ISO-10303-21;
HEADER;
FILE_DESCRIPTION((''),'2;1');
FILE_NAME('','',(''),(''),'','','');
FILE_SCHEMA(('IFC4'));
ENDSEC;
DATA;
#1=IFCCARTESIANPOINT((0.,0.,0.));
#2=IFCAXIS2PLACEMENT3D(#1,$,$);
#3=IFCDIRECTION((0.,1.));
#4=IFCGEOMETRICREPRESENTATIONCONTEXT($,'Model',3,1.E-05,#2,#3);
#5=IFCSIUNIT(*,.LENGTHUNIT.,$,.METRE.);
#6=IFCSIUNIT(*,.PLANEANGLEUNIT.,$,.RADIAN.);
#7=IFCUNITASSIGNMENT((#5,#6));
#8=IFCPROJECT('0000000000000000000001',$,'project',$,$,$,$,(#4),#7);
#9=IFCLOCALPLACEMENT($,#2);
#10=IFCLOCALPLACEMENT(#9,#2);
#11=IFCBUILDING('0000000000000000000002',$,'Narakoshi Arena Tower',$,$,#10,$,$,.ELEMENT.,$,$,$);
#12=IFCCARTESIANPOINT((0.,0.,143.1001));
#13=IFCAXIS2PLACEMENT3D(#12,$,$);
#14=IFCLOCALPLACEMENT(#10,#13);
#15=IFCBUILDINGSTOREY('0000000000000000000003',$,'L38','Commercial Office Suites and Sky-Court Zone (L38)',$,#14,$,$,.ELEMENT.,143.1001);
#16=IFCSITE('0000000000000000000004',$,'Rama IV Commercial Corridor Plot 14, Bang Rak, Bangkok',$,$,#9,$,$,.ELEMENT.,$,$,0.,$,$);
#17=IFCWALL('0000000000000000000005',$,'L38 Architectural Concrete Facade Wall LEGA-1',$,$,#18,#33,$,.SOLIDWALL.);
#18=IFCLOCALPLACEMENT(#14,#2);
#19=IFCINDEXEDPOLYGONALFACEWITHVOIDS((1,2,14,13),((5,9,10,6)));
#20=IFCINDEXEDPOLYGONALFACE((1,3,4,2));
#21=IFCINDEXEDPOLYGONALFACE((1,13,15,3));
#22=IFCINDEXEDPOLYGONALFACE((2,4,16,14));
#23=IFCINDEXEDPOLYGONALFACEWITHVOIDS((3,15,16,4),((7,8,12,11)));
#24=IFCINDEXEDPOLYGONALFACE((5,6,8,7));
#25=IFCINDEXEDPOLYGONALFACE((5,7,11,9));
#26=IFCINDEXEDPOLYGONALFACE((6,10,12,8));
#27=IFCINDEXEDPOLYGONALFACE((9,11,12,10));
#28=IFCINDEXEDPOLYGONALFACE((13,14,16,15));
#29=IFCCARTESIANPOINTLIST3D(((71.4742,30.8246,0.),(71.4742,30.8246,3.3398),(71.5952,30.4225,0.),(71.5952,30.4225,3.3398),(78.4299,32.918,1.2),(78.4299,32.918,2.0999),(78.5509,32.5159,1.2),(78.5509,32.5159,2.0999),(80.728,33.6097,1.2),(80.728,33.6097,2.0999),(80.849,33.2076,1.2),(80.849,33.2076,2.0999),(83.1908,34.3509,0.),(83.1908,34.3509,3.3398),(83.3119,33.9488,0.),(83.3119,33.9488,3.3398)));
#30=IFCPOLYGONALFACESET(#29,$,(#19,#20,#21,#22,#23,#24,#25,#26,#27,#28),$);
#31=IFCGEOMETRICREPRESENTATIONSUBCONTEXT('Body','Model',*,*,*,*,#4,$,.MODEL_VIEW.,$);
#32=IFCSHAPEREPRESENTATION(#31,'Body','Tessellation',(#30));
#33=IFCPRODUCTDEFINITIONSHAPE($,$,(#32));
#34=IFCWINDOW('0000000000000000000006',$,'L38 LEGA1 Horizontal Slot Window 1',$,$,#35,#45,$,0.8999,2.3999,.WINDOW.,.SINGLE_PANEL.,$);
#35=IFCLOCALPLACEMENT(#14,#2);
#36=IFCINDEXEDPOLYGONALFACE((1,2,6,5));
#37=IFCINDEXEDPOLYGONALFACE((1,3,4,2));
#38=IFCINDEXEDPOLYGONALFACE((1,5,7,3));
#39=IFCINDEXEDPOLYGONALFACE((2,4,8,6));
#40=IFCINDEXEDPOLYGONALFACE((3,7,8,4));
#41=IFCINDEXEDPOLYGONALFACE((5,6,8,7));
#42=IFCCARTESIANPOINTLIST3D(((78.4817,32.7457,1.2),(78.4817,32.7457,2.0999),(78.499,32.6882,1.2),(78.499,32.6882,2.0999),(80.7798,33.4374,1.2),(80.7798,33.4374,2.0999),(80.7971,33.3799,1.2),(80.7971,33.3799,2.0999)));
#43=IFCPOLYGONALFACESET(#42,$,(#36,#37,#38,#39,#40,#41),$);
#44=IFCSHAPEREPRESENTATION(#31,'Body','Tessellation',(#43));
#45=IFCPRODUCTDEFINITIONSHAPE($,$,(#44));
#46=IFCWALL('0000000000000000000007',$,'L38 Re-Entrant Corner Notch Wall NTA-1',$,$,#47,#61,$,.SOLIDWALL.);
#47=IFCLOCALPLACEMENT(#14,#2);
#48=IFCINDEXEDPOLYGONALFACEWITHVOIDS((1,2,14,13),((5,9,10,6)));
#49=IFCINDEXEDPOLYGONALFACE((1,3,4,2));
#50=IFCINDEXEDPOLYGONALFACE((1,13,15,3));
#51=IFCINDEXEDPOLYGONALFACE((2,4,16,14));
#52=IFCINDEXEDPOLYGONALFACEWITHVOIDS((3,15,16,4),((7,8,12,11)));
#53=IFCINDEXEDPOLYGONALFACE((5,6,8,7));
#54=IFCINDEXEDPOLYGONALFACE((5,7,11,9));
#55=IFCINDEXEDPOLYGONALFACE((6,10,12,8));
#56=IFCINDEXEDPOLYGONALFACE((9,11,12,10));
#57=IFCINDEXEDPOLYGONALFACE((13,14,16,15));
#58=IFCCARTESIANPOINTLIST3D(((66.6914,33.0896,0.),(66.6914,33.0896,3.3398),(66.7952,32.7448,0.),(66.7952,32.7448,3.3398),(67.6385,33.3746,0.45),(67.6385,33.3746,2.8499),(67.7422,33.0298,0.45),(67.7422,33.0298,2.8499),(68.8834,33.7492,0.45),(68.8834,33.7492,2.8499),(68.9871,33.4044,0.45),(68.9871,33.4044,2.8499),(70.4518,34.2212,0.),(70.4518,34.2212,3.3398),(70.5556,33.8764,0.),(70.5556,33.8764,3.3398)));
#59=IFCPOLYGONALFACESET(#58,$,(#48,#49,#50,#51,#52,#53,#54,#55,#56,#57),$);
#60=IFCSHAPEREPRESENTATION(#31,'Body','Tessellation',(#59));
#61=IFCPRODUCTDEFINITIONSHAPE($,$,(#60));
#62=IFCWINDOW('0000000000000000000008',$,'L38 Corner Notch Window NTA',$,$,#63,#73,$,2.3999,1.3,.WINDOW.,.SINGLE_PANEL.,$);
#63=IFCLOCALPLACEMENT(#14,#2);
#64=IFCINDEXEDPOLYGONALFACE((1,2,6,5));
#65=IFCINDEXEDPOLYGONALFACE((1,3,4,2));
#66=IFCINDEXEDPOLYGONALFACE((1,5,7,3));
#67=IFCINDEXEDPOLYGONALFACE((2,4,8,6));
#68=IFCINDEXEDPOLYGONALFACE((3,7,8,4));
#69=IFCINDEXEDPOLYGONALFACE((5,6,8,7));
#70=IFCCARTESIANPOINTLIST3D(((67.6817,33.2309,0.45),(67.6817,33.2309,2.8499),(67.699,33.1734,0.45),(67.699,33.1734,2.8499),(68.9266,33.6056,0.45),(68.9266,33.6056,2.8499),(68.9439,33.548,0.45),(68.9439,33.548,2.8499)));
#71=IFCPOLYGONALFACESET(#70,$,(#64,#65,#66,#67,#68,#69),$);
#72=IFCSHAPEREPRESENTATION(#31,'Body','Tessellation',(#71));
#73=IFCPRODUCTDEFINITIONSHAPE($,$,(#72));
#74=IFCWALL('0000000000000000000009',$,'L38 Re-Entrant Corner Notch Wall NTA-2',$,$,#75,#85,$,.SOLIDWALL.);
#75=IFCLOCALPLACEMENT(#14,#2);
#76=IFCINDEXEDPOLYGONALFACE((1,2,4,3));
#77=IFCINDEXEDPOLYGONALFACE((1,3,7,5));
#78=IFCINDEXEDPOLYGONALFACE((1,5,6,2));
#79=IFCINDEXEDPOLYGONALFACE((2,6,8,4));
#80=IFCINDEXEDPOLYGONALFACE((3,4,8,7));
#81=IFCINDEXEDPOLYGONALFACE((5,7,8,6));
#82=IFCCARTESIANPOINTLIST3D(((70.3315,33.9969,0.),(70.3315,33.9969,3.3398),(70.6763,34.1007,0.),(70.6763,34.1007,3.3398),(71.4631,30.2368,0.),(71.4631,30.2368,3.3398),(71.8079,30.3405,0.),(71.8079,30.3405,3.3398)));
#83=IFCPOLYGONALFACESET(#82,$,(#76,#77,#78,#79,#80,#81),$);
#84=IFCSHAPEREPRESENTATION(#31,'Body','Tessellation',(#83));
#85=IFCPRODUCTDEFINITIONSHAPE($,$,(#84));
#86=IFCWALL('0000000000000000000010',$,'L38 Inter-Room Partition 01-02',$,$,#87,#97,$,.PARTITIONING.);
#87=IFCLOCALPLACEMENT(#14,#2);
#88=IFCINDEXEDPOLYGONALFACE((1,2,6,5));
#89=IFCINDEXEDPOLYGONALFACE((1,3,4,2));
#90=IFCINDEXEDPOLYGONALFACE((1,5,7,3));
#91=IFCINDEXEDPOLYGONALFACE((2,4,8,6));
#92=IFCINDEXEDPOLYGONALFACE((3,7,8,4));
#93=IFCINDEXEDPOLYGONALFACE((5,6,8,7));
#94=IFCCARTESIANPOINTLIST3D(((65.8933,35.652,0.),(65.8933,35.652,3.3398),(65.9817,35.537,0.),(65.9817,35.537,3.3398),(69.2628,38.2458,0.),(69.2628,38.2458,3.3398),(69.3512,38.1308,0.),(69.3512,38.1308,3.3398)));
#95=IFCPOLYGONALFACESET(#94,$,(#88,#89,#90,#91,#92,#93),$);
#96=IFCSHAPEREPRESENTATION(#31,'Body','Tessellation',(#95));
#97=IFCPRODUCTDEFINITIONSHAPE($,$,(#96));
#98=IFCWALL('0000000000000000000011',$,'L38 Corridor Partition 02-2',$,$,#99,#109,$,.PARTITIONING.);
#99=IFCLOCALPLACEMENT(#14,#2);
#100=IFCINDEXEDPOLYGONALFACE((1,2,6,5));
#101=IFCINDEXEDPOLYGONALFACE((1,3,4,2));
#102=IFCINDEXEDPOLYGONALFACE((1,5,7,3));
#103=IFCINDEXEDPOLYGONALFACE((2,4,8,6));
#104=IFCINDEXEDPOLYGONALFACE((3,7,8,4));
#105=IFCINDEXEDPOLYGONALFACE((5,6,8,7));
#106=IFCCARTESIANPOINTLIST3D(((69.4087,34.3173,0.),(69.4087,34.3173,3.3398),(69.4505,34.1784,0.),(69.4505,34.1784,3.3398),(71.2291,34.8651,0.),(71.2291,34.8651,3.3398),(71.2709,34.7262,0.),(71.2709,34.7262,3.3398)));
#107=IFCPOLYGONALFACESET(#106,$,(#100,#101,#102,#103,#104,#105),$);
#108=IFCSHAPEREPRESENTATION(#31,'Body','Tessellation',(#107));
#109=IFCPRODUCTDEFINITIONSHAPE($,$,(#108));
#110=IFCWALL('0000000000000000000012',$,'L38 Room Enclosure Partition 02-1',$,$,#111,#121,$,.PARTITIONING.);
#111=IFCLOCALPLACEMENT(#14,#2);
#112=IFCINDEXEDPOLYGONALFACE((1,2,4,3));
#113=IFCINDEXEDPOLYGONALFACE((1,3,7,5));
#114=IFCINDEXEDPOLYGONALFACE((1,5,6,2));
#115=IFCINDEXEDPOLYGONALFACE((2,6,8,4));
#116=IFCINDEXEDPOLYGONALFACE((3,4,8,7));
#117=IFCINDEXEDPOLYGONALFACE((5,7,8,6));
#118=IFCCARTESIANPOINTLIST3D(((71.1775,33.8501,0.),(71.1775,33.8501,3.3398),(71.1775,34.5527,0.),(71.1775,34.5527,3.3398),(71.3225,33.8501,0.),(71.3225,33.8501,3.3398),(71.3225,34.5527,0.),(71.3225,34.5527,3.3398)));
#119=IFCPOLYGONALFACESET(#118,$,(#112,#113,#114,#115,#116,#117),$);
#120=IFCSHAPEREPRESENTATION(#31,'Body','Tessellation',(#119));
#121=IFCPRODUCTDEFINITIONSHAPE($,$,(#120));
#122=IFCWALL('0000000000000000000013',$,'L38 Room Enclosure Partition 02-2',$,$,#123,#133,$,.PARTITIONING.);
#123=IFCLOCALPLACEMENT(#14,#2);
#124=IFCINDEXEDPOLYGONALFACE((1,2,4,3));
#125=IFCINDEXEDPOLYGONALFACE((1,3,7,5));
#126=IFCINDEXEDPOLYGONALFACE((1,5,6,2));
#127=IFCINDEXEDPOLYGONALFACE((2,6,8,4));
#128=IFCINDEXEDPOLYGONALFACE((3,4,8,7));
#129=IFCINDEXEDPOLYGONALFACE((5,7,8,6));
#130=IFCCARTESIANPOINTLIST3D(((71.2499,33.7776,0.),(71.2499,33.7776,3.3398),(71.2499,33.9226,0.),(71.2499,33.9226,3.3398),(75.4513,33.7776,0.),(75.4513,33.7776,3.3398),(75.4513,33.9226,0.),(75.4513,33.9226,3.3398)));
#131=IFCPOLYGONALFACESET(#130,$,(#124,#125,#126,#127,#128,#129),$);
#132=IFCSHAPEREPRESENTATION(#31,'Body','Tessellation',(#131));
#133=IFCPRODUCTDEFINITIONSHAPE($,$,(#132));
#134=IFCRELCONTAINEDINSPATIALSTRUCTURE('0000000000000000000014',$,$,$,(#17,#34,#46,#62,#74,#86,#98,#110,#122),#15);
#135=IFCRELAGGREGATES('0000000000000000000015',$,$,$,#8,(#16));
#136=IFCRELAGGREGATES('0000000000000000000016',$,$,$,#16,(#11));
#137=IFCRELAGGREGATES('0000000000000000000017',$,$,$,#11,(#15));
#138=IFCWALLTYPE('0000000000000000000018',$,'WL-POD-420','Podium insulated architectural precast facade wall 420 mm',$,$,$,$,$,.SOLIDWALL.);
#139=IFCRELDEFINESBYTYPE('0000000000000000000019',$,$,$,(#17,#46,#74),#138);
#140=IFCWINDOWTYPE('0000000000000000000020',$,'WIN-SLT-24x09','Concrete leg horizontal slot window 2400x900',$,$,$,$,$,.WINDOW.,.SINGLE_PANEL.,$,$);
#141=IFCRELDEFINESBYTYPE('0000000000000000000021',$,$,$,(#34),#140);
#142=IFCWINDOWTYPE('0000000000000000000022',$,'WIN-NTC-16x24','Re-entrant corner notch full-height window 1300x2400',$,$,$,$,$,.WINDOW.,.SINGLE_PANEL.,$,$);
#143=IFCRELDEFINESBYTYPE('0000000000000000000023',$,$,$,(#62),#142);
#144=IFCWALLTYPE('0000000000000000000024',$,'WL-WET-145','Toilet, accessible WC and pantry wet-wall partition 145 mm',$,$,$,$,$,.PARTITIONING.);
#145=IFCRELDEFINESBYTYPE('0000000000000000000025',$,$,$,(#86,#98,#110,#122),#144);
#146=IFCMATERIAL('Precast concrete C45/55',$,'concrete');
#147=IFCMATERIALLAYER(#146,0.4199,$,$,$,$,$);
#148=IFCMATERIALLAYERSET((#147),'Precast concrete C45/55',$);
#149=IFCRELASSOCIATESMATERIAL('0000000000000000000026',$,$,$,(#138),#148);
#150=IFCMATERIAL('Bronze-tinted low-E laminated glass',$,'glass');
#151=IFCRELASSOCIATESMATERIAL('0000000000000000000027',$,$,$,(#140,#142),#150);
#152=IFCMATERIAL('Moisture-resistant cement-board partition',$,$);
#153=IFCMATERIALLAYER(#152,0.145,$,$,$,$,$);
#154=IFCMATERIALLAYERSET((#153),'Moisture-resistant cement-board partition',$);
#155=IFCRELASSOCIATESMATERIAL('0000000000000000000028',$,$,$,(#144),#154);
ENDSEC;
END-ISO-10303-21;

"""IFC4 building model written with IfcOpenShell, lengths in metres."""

from ifc_helpers import new_model, si_unit, direction, frame, frame_2d, origin, place, context, subcontext, project, spatial, rectangle, extrude, material, layer, layer_set, type_object, element, fill, save


model = new_model("IFC4")

# Units and contexts
model_context = context("Model", 3, precision=1e-05, world=origin(), true_north=direction((0.0, 1.0)))
body_context = subcontext(model_context, "Body", "Model", "MODEL_VIEW")
ifc_project = project(units=[si_unit("LENGTHUNIT", "METRE"), si_unit("PLANEANGLEUNIT", "RADIAN")], contexts=[model_context])

# Site, building, storey
site_placement = place(None, origin())
site = spatial("IfcSite", under=ifc_project, at=site_placement, Name="Rama IV Commercial Corridor Plot 14, Bang Rak, Bangkok", CompositionType="ELEMENT", RefElevation=0.0)
building_placement = place(site_placement, origin())
building = spatial("IfcBuilding", under=site, at=building_placement, Name="Narakoshi Arena Tower", CompositionType="ELEMENT")
storey_placement = place(building_placement, frame((0.0, 0.0, 143.1001)))
storey = spatial("IfcBuildingStorey", under=building, at=storey_placement, Name="L38", Description="Commercial Office Suites and Sky-Court Zone (L38)", CompositionType="ELEMENT", Elevation=143.1001)

# Walls, openings, windows
ifc_material_1 = material(Name="Precast concrete C45/55", Category="concrete")
ifc_layer_1 = layer(ifc_material_1, 0.4199)
ifc_layer_set_1 = layer_set([ifc_layer_1], Name="Precast concrete C45/55")
wall_type_1 = type_object("IfcWallType", Name="WL-POD-420", Description="Podium insulated architectural precast facade wall 420 mm", PredefinedType="SOLIDWALL", material=ifc_layer_set_1)
wall_1_placement = place(storey_placement, frame((71.5347, 30.6235, 0.0), z_axis=(0.0, 0.0, 1.0), x_axis=(0.957571, 0.288197, 0.0)))
wall_1 = element("IfcWall", 1, at=wall_1_placement, inside=storey, type_object=wall_type_1, Name="L38 Architectural Concrete Facade Wall LEGA-1", PredefinedType="SOLIDWALL", context=body_context, shape_type="SweptSolid", body=[
    extrude(rectangle(XDim=12.2358, YDim=0.4199, at=frame_2d((6.1179, 0.0))), origin(), (0.0, 0.0, 1.0), 3.3398),
])
opening_1_placement = place(wall_1_placement, frame((7.2639, 0.0, 1.2)))
opening_1 = element("IfcOpeningElement", 2, at=opening_1_placement, cuts=wall_1, PredefinedType="OPENING", context=body_context, shape_type="SweptSolid", body=[
    extrude(rectangle(XDim=2.3999, YDim=0.8999, at=frame_2d((1.2, 0.45))), frame((0.0, 0.22, 0.0), z_axis=(0.0, -1.0, 0.0), x_axis=(1.0, 0.0, 0.0)), (0.0, 0.0, 1.0), 0.4399),
])
ifc_material_2 = material(Name="Bronze-tinted low-E laminated glass", Category="glass")
window_type_1 = type_object("IfcWindowType", Name="WIN-SLT-24x09", Description="Concrete leg horizontal slot window 2400x900", PartitioningType="SINGLE_PANEL", PredefinedType="WINDOW", material=ifc_material_2)
window_1_placement = place(opening_1_placement, origin())
window_1 = element("IfcWindow", 3, at=window_1_placement, inside=storey, type_object=window_type_1, Name="L38 LEGA1 Horizontal Slot Window 1", OverallHeight=0.8999, OverallWidth=2.3999, PartitioningType="SINGLE_PANEL", PredefinedType="WINDOW", context=body_context, shape_type="SweptSolid", body=[
    extrude(rectangle(XDim=2.3999, YDim=0.8999, at=frame_2d((1.2, 0.45))), frame((0.0, 0.03, 0.0), z_axis=(0.0, -1.0, 0.0), x_axis=(1.0, 0.0, 0.0)), (0.0, 0.0, 1.0), 0.0601),
])
fill(opening_1, window_1)
wall_2_placement = place(storey_placement, frame((66.7434, 32.9172, 0.0), z_axis=(0.0, 0.0, 1.0), x_axis=(0.957585, 0.288152, 0.0)))
wall_2 = element("IfcWall", 4, at=wall_2_placement, inside=storey, type_object=wall_type_1, Name="L38 Re-Entrant Corner Notch Wall NTA-1", PredefinedType="SOLIDWALL", context=body_context, shape_type="SweptSolid", body=[
    extrude(rectangle(XDim=3.927, YDim=0.3601, at=frame_2d((1.9634, 0.0))), origin(), (0.0, 0.0, 1.0), 3.3398),
])
opening_2_placement = place(wall_2_placement, frame((0.989, 0.0, 0.45)))
opening_2 = element("IfcOpeningElement", 5, at=opening_2_placement, cuts=wall_2, PredefinedType="OPENING", context=body_context, shape_type="SweptSolid", body=[
    extrude(rectangle(XDim=1.3, YDim=2.3999, at=frame_2d((0.6499, 1.2))), frame((0.0, 0.1899, 0.0), z_axis=(0.0, -1.0, 0.0), x_axis=(1.0, 0.0, 0.0)), (0.0, 0.0, 1.0), 0.3801),
])
window_type_2 = type_object("IfcWindowType", Name="WIN-NTC-16x24", Description="Re-entrant corner notch full-height window 1300x2400", PartitioningType="SINGLE_PANEL", PredefinedType="WINDOW", material=ifc_material_2)
window_2_placement = place(opening_2_placement, origin())
window_2 = element("IfcWindow", 6, at=window_2_placement, inside=storey, type_object=window_type_2, Name="L38 Corner Notch Window NTA", OverallHeight=2.3999, OverallWidth=1.3, PartitioningType="SINGLE_PANEL", PredefinedType="WINDOW", context=body_context, shape_type="SweptSolid", body=[
    extrude(rectangle(XDim=1.3, YDim=2.3999, at=frame_2d((0.6499, 1.2))), frame((0.0, 0.03, 0.0), z_axis=(0.0, -1.0, 0.0), x_axis=(1.0, 0.0, 0.0)), (0.0, 0.0, 1.0), 0.0601),
])
fill(opening_2, window_2)

# Walls
wall_3_placement = place(storey_placement, frame((70.5039, 34.0488, 0.0), z_axis=(0.0, 0.0, 1.0), x_axis=(0.288169, -0.95758, 0.0)))
element("IfcWall", 7, at=wall_3_placement, inside=storey, type_object=wall_type_1, Name="L38 Re-Entrant Corner Notch Wall NTA-2", PredefinedType="SOLIDWALL", context=body_context, shape_type="SweptSolid", body=[
    extrude(rectangle(XDim=3.9268, YDim=0.3601, at=frame_2d((1.9634, 0.0))), origin(), (0.0, 0.0, 1.0), 3.3398),
])
ifc_material_3 = material(Name="Moisture-resistant cement-board partition")
ifc_layer_2 = layer(ifc_material_3, 0.145)
ifc_layer_set_2 = layer_set([ifc_layer_2], Name="Moisture-resistant cement-board partition")
wall_type_2 = type_object("IfcWallType", Name="WL-WET-145", Description="Toilet, accessible WC and pantry wet-wall partition 145 mm", PredefinedType="PARTITIONING", material=ifc_layer_set_2)
wall_4_placement = place(storey_placement, frame((69.3069, 38.1882, 0.0), z_axis=(0.0, 0.0, 1.0), x_axis=(-0.792406, -0.609994, 0.0)))
element("IfcWall", 8, at=wall_4_placement, inside=storey, type_object=wall_type_2, Name="L38 Inter-Room Partition 01-02", PredefinedType="PARTITIONING", context=body_context, shape_type="SweptSolid", body=[
    extrude(rectangle(XDim=4.2522, YDim=0.145, at=frame_2d((2.126, 0.0))), origin(), (0.0, 0.0, 1.0), 3.3398),
])

# Walls
wall_5_placement = place(storey_placement, frame((69.4294, 34.2478, 0.0), z_axis=(0.0, 0.0, 1.0), x_axis=(0.957582, 0.288161, 0.0)))
element("IfcWall", 9, at=wall_5_placement, inside=storey, type_object=wall_type_2, Name="L38 Corridor Partition 02-2", PredefinedType="PARTITIONING", context=body_context, shape_type="SweptSolid", body=[
    extrude(rectangle(XDim=1.9011, YDim=0.145, at=frame_2d((0.9507, 0.0))), origin(), (0.0, 0.0, 1.0), 3.3398),
])
wall_6_placement = place(storey_placement, frame((71.25, 34.5527, 0.0), z_axis=(0.0, 0.0, 1.0), x_axis=(0.0, -1.0, 0.0)))
element("IfcWall", 10, at=wall_6_placement, inside=storey, type_object=wall_type_2, Name="L38 Room Enclosure Partition 02-1", PredefinedType="PARTITIONING", context=body_context, shape_type="SweptSolid", body=[
    extrude(rectangle(XDim=0.7026, YDim=0.145, at=frame_2d((0.3513, 0.0))), origin(), (0.0, 0.0, 1.0), 3.3398),
])
wall_7_placement = place(storey_placement, frame((71.25, 33.8501, 0.0), z_axis=(0.0, 0.0, 1.0), x_axis=(1.0, 0.0, 0.0)))
element("IfcWall", 11, at=wall_7_placement, inside=storey, type_object=wall_type_2, Name="L38 Room Enclosure Partition 02-2", PredefinedType="PARTITIONING", context=body_context, shape_type="SweptSolid", body=[
    extrude(rectangle(XDim=4.2014, YDim=0.145, at=frame_2d((2.1006, 0.0))), origin(), (0.0, 0.0, 1.0), 3.3398),
])

save(model, "model.ifc")
